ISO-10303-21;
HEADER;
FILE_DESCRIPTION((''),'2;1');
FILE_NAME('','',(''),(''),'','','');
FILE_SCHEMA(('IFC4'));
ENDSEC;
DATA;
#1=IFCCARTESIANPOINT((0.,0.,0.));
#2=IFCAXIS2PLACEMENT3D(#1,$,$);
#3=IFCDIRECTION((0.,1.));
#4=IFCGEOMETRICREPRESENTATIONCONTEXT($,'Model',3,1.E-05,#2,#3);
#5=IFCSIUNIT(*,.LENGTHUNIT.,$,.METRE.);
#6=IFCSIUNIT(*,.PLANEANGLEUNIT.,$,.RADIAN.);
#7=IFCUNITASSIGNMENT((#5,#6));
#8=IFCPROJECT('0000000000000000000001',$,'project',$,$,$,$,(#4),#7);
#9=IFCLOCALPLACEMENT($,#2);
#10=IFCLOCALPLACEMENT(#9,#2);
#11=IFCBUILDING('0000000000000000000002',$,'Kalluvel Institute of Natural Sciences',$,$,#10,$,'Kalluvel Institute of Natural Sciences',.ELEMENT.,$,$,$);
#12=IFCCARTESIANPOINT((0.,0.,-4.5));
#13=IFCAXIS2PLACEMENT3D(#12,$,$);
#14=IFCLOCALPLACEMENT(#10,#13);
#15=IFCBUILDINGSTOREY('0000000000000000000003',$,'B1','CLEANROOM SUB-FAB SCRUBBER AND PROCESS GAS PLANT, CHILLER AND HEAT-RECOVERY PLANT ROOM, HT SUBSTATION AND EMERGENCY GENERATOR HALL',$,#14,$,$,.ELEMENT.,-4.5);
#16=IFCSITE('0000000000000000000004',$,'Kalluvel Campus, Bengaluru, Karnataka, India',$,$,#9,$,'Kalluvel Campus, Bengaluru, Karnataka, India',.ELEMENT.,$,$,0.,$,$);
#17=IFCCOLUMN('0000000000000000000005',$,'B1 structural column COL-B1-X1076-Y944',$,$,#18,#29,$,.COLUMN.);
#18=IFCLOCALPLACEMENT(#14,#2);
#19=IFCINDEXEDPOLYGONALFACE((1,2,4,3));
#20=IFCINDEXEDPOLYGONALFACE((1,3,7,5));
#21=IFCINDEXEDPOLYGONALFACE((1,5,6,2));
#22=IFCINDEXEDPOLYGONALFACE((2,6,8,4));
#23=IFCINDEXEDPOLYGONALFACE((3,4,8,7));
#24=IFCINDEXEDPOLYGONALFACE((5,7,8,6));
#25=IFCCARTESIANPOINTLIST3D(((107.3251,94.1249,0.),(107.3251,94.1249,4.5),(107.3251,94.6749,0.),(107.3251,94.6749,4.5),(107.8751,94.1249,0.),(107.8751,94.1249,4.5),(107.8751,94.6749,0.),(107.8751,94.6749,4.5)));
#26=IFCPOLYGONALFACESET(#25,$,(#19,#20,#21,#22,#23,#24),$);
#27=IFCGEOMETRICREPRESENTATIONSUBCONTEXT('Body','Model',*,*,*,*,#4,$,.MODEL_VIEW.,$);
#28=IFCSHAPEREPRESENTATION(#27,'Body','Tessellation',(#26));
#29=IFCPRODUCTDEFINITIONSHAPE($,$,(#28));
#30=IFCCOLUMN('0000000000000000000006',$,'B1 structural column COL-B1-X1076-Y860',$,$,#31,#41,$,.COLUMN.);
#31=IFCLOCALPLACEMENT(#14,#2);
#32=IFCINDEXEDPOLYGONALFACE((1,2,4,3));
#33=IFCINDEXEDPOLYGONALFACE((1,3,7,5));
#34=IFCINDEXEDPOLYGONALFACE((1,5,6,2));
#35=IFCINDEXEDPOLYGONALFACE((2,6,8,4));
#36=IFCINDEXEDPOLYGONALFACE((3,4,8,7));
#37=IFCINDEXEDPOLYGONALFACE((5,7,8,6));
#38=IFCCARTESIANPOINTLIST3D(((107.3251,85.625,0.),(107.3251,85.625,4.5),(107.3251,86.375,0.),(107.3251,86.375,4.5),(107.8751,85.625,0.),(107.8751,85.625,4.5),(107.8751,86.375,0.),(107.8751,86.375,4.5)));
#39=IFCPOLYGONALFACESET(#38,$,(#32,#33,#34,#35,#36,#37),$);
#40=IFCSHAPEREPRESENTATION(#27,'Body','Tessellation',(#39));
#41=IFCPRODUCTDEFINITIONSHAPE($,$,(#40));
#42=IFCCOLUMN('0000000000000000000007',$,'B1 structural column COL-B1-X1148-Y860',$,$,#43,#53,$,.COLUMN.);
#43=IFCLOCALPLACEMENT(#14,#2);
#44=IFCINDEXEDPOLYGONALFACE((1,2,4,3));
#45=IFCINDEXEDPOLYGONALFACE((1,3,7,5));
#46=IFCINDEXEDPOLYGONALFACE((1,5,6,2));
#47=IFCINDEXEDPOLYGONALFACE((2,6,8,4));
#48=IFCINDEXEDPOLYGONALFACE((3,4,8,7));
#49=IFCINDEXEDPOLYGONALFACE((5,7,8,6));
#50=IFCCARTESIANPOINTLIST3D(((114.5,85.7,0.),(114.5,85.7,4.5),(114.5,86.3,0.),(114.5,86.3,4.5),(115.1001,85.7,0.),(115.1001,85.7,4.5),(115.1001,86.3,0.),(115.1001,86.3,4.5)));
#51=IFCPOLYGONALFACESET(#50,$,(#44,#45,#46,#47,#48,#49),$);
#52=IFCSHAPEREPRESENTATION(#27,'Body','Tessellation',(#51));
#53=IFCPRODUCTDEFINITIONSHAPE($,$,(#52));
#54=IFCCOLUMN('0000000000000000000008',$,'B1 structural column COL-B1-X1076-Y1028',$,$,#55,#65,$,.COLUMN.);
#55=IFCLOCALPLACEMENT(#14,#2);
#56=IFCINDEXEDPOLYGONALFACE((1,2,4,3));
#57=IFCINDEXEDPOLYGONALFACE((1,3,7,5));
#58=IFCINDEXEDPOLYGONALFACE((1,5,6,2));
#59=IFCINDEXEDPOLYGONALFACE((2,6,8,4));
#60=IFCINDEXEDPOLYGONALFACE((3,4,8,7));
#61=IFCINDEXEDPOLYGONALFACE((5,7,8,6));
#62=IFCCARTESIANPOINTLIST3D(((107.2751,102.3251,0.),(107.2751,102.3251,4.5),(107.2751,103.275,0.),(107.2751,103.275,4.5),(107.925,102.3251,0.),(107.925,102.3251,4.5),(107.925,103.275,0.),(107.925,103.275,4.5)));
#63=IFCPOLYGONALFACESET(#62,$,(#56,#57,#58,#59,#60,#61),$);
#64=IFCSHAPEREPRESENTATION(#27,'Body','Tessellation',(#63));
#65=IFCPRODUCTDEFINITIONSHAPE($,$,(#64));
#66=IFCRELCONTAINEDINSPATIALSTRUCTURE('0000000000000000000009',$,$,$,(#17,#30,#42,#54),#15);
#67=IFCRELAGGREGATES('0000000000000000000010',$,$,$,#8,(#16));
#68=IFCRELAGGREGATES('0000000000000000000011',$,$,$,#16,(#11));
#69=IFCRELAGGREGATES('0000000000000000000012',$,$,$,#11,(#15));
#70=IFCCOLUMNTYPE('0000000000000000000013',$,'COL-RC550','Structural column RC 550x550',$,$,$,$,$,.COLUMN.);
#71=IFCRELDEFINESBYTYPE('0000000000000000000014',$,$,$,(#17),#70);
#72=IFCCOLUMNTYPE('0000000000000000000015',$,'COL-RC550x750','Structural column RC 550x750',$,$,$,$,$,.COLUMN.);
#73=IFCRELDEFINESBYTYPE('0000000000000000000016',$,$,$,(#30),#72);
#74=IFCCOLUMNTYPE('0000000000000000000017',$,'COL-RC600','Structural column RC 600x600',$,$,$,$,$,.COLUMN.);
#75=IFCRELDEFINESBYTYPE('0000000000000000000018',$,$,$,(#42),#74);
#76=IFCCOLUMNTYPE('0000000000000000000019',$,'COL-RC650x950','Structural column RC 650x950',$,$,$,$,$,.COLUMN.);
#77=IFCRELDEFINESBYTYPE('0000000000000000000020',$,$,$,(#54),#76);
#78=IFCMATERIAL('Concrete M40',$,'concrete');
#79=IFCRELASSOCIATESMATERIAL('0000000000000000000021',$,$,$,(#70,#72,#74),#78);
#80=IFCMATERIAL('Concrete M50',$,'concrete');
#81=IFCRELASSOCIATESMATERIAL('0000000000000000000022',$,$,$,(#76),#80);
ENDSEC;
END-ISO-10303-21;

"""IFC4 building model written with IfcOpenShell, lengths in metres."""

from ifc_helpers import new_model, si_unit, direction, frame, origin, origin_2d, place, context, subcontext, project, spatial, rectangle, extrude, material, material_profile, profile_set, type_object, element, save


model = new_model("IFC4")

# Units and contexts
model_context = context("Model", 3, precision=1e-05, world=origin(), true_north=direction((0.0, 1.0)))
body_context = subcontext(model_context, "Body", "Model", "MODEL_VIEW")
ifc_project = project(units=[si_unit("LENGTHUNIT", "METRE"), si_unit("PLANEANGLEUNIT", "RADIAN")], contexts=[model_context])

# Site, building, storey
site_placement = place(None, origin())
site = spatial("IfcSite", under=ifc_project, at=site_placement, Name="Kalluvel Campus, Bengaluru, Karnataka, India", LongName="Kalluvel Campus, Bengaluru, Karnataka, India", CompositionType="ELEMENT", RefElevation=0.0)
building_placement = place(site_placement, origin())
building = spatial("IfcBuilding", under=site, at=building_placement, Name="Kalluvel Institute of Natural Sciences", LongName="Kalluvel Institute of Natural Sciences", CompositionType="ELEMENT")
storey_placement = place(building_placement, frame((0.0, 0.0, -4.5)))
storey = spatial("IfcBuildingStorey", under=building, at=storey_placement, Name="B1", Description="CLEANROOM SUB-FAB SCRUBBER AND PROCESS GAS PLANT, CHILLER AND HEAT-RECOVERY PLANT ROOM, HT SUBSTATION AND EMERGENCY GENERATOR HALL", CompositionType="ELEMENT", Elevation=-4.5)

# Shared definitions
ifc_material_1 = material(Name="Concrete M40", Category="concrete")

# Columns
ifc_material_profile_1 = material_profile(ifc_material_1, rectangle(XDim=0.55, YDim=0.55, at=origin_2d()), Name="RC 550x550")
ifc_profile_set_1 = profile_set([ifc_material_profile_1], Name="Concrete M40")
column_type_1 = type_object("IfcColumnType", Name="COL-RC550", Description="Structural column RC 550x550", PredefinedType="COLUMN", material=ifc_profile_set_1)
column_1_placement = place(storey_placement, frame((107.6001, 94.3999, 0.0), z_axis=(0.0, 0.0, 1.0), x_axis=(1.0, 0.0, 0.0)))
element("IfcColumn", 1, at=column_1_placement, inside=storey, type_object=column_type_1, Name="B1 structural column COL-B1-X1076-Y944", PredefinedType="COLUMN", context=body_context, shape_type="SweptSolid", body=[
    extrude(rectangle(XDim=0.55, YDim=0.55, at=origin_2d()), origin(), (0.0, 0.0, 1.0), 4.5),
])
ifc_material_profile_2 = material_profile(ifc_material_1, rectangle(XDim=0.55, YDim=0.75, at=origin_2d()), Name="RC 550x750")
ifc_profile_set_2 = profile_set([ifc_material_profile_2], Name="Concrete M40")
column_type_2 = type_object("IfcColumnType", Name="COL-RC550x750", Description="Structural column RC 550x750", PredefinedType="COLUMN", material=ifc_profile_set_2)
column_2_placement = place(storey_placement, frame((107.6001, 86.0, 0.0), z_axis=(0.0, 0.0, 1.0), x_axis=(1.0, 0.0, 0.0)))
element("IfcColumn", 2, at=column_2_placement, inside=storey, type_object=column_type_2, Name="B1 structural column COL-B1-X1076-Y860", PredefinedType="COLUMN", context=body_context, shape_type="SweptSolid", body=[
    extrude(rectangle(XDim=0.55, YDim=0.75, at=origin_2d()), origin(), (0.0, 0.0, 1.0), 4.5),
])
ifc_material_profile_3 = material_profile(ifc_material_1, rectangle(XDim=0.6001, YDim=0.6001, at=origin_2d()), Name="RC 600x600")
ifc_profile_set_3 = profile_set([ifc_material_profile_3], Name="Concrete M40")
column_type_3 = type_object("IfcColumnType", Name="COL-RC600", Description="Structural column RC 600x600", PredefinedType="COLUMN", material=ifc_profile_set_3)
column_3_placement = place(storey_placement, frame((114.8, 86.0, 0.0), z_axis=(0.0, 0.0, 1.0), x_axis=(1.0, 0.0, 0.0)))
element("IfcColumn", 3, at=column_3_placement, inside=storey, type_object=column_type_3, Name="B1 structural column COL-B1-X1148-Y860", PredefinedType="COLUMN", context=body_context, shape_type="SweptSolid", body=[
    extrude(rectangle(XDim=0.6001, YDim=0.6001, at=origin_2d()), origin(), (0.0, 0.0, 1.0), 4.5),
])
ifc_material_2 = material(Name="Concrete M50", Category="concrete")
ifc_material_profile_4 = material_profile(ifc_material_2, rectangle(XDim=0.6499, YDim=0.95, at=origin_2d()), Name="RC 650x950")
ifc_profile_set_4 = profile_set([ifc_material_profile_4], Name="Concrete M50")
column_type_4 = type_object("IfcColumnType", Name="COL-RC650x950", Description="Structural column RC 650x950", PredefinedType="COLUMN", material=ifc_profile_set_4)
column_4_placement = place(storey_placement, frame((107.6001, 102.8, 0.0), z_axis=(0.0, 0.0, 1.0), x_axis=(1.0, 0.0, 0.0)))
element("IfcColumn", 4, at=column_4_placement, inside=storey, type_object=column_type_4, Name="B1 structural column COL-B1-X1076-Y1028", PredefinedType="COLUMN", context=body_context, shape_type="SweptSolid", body=[
    extrude(rectangle(XDim=0.6499, YDim=0.95, at=origin_2d()), origin(), (0.0, 0.0, 1.0), 4.5),
])

save(model, "model.ifc")
